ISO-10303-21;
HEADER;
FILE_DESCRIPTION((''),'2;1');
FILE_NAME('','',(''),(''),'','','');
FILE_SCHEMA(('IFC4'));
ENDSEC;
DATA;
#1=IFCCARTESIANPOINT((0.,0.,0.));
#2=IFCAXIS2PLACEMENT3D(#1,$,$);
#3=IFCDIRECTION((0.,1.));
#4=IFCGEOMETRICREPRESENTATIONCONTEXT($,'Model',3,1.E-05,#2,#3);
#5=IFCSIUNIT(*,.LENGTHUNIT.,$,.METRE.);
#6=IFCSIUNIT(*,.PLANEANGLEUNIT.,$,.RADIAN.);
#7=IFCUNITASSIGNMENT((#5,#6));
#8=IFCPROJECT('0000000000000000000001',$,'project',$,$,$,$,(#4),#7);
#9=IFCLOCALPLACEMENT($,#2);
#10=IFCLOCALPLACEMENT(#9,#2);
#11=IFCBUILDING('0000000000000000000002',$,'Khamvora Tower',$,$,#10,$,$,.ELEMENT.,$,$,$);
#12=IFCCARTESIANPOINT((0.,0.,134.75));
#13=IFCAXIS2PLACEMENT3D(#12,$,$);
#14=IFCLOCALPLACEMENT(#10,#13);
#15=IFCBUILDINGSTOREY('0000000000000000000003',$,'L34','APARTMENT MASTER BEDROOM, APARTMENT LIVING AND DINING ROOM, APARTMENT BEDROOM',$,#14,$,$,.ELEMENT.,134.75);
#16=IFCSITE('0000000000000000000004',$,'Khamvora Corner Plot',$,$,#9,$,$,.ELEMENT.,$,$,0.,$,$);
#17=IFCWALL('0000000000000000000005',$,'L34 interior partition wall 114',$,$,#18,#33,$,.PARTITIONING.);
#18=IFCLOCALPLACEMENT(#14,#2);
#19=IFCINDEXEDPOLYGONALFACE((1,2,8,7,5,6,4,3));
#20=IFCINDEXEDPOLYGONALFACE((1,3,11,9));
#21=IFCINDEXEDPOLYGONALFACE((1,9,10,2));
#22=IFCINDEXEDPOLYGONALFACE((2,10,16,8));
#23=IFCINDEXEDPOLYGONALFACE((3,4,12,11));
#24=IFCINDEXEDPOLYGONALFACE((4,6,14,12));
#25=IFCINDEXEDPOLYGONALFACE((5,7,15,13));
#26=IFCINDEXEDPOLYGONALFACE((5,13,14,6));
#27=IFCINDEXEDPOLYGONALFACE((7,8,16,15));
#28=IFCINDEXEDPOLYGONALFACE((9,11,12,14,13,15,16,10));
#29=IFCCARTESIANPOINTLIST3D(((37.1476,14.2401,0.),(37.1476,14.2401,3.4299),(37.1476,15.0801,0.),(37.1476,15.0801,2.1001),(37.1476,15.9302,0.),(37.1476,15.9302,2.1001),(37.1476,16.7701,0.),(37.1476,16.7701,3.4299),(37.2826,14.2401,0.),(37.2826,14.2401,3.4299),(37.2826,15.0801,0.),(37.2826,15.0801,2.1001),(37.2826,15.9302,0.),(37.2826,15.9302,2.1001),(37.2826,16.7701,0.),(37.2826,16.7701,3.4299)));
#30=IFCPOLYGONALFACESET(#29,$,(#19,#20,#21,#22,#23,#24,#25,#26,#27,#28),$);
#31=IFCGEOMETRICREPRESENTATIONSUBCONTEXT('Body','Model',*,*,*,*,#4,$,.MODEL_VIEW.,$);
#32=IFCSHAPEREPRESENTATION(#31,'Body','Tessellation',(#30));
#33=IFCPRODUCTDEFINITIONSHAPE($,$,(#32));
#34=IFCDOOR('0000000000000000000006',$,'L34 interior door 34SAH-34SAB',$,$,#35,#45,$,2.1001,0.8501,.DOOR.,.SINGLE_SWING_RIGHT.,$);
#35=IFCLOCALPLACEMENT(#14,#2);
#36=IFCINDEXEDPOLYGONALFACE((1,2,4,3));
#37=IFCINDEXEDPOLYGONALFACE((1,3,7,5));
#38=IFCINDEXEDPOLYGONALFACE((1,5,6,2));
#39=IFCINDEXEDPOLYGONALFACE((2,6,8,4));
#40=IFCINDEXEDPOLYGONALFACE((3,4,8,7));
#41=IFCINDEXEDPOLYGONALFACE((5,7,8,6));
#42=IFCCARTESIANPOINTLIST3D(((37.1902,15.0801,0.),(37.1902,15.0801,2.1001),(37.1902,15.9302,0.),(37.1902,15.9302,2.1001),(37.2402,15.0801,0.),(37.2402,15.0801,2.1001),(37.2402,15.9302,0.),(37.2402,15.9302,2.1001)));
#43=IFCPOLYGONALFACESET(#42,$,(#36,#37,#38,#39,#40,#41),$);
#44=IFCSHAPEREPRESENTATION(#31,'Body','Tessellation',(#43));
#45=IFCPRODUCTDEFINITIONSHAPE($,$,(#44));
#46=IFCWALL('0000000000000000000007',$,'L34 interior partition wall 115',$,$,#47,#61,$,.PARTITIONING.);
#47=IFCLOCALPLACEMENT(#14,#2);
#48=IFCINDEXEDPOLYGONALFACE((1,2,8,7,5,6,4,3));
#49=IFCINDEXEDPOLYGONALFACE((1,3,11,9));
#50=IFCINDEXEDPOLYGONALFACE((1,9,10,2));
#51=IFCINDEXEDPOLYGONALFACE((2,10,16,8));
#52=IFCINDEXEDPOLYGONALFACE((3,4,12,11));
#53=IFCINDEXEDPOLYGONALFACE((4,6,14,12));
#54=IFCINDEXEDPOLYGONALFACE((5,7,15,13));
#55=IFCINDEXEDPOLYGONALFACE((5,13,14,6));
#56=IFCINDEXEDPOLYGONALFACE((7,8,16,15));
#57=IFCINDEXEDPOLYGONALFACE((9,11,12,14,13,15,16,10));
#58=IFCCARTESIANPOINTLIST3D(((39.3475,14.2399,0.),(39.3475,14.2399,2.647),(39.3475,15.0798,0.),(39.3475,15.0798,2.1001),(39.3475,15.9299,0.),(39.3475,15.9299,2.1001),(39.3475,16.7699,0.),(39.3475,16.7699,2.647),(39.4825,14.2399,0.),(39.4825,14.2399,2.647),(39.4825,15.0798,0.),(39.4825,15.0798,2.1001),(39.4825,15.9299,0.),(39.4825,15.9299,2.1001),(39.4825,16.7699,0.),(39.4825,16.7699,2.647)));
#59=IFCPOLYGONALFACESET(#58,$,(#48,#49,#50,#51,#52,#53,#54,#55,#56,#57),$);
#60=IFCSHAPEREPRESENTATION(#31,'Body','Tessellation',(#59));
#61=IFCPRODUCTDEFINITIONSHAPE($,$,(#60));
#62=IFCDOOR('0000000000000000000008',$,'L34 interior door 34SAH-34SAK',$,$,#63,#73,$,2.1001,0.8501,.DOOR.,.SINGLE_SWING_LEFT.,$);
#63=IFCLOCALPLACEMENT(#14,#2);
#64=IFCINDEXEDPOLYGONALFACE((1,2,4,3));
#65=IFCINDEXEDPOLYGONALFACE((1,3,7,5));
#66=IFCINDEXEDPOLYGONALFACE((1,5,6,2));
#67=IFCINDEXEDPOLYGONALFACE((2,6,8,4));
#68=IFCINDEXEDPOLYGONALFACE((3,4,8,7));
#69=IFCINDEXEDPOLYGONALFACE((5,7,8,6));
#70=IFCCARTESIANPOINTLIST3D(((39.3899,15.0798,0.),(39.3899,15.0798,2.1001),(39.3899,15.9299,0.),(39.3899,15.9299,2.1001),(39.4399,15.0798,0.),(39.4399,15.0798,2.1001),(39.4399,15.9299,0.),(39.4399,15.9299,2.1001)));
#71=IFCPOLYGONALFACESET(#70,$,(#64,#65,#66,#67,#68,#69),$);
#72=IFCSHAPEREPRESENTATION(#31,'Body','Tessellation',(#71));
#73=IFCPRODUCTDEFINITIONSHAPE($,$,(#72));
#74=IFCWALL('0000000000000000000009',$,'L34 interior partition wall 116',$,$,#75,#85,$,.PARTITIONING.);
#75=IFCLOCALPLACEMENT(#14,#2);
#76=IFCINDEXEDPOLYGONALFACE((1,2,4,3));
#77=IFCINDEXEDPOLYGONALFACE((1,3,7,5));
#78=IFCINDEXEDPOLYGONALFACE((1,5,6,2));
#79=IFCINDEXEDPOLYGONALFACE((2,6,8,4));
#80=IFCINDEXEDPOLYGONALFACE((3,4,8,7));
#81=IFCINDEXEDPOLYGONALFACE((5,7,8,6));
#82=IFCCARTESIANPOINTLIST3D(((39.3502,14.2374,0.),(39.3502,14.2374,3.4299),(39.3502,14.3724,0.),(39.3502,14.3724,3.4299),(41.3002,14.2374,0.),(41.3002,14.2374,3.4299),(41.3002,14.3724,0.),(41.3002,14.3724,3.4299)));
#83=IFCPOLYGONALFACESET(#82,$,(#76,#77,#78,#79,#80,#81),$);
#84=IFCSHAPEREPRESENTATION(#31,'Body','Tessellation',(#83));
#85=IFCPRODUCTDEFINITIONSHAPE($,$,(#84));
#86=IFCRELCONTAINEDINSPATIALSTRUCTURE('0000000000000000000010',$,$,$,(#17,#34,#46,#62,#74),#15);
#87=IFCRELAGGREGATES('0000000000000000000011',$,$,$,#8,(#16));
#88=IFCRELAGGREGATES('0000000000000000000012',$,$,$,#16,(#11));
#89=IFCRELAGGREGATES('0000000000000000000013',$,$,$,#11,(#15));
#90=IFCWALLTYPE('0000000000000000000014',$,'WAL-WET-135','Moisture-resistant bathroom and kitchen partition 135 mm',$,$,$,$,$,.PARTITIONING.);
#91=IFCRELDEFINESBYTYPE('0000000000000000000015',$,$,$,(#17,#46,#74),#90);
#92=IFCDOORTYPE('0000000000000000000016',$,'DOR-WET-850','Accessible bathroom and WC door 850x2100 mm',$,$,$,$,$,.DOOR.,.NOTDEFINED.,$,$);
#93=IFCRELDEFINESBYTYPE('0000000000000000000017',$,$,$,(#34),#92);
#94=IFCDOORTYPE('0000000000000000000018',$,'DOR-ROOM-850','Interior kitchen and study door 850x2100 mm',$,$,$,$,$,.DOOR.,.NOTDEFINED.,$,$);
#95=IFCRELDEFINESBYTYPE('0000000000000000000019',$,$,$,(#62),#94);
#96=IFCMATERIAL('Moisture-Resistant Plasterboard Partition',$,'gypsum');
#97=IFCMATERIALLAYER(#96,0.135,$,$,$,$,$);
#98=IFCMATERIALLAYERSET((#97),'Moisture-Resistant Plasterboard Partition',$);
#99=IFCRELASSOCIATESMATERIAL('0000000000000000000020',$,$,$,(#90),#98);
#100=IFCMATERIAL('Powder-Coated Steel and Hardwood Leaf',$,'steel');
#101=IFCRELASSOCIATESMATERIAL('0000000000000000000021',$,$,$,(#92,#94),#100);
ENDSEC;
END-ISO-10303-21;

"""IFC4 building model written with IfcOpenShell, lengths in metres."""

from ifc_helpers import new_model, si_unit, direction, frame, frame_2d, origin, place, context, subcontext, project, spatial, rectangle, extrude, material, layer, layer_set, type_object, element, fill, save


model = new_model("IFC4")

# Units and contexts
model_context = context("Model", 3, precision=1e-05, world=origin(), true_north=direction((0.0, 1.0)))
body_context = subcontext(model_context, "Body", "Model", "MODEL_VIEW")
ifc_project = project(units=[si_unit("LENGTHUNIT", "METRE"), si_unit("PLANEANGLEUNIT", "RADIAN")], contexts=[model_context])

# Site, building, storey
site_placement = place(None, origin())
site = spatial("IfcSite", under=ifc_project, at=site_placement, Name="Khamvora Corner Plot", CompositionType="ELEMENT", RefElevation=0.0)
building_placement = place(site_placement, origin())
building = spatial("IfcBuilding", under=site, at=building_placement, Name="Khamvora Tower", CompositionType="ELEMENT")
storey_placement = place(building_placement, frame((0.0, 0.0, 134.75)))
storey = spatial("IfcBuildingStorey", under=building, at=storey_placement, Name="L34", Description="APARTMENT MASTER BEDROOM, APARTMENT LIVING AND DINING ROOM, APARTMENT BEDROOM", CompositionType="ELEMENT", Elevation=134.75)

# Shared definitions
ifc_material_1 = material(Name="Powder-Coated Steel and Hardwood Leaf", Category="steel")

# Shared definitions
ifc_material_2 = material(Name="Moisture-Resistant Plasterboard Partition", Category="gypsum")
ifc_layer_1 = layer(ifc_material_2, 0.135)
ifc_layer_set_1 = layer_set([ifc_layer_1], Name="Moisture-Resistant Plasterboard Partition")
wall_type_1 = type_object("IfcWallType", Name="WAL-WET-135", Description="Moisture-resistant bathroom and kitchen partition 135 mm", PredefinedType="PARTITIONING", material=ifc_layer_set_1)

# Walls, openings, doors
wall_1_placement = place(storey_placement, frame((37.2151, 14.24, 0.0), z_axis=(0.0, 0.0, 1.0), x_axis=(0.0, 1.0, 0.0)))
wall_1 = element("IfcWall", 1, at=wall_1_placement, inside=storey, type_object=wall_type_1, Name="L34 interior partition wall 114", PredefinedType="PARTITIONING", context=body_context, shape_type="SweptSolid", body=[
    extrude(rectangle(XDim=2.53, YDim=0.135, at=frame_2d((1.2651, 0.0))), origin(), (0.0, 0.0, 1.0), 3.4299),
])
opening_1_placement = place(wall_1_placement, frame((0.8401, 0.0, 0.0)))
opening_1 = element("IfcOpeningElement", 2, at=opening_1_placement, cuts=wall_1, PredefinedType="OPENING", context=body_context, shape_type="SweptSolid", body=[
    extrude(rectangle(XDim=0.8501, YDim=2.1001, at=frame_2d((0.425, 1.05))), frame((0.0, 0.0774, 0.0), z_axis=(0.0, -1.0, 0.0), x_axis=(1.0, 0.0, 0.0)), (0.0, 0.0, 1.0), 0.155),
])
door_type_1 = type_object("IfcDoorType", Name="DOR-WET-850", Description="Accessible bathroom and WC door 850x2100 mm", OperationType="NOTDEFINED", PredefinedType="DOOR", material=ifc_material_1)
door_1_placement = place(opening_1_placement, origin())
door_1 = element("IfcDoor", 3, at=door_1_placement, inside=storey, type_object=door_type_1, Name="L34 interior door 34SAH-34SAB", OperationType="SINGLE_SWING_RIGHT", OverallHeight=2.1001, OverallWidth=0.8501, PredefinedType="DOOR", context=body_context, shape_type="SweptSolid", body=[
    extrude(rectangle(XDim=0.8501, YDim=2.1001, at=frame_2d((0.425, 1.05))), frame((0.0, 0.0249, 0.0), z_axis=(0.0, -1.0, 0.0), x_axis=(1.0, 0.0, 0.0)), (0.0, 0.0, 1.0), 0.05),
])
fill(opening_1, door_1)
wall_2_placement = place(storey_placement, frame((39.415, 16.77, 0.0), z_axis=(0.0, 0.0, 1.0), x_axis=(0.0, -1.0, 0.0)))
wall_2 = element("IfcWall", 4, at=wall_2_placement, inside=storey, type_object=wall_type_1, Name="L34 interior partition wall 115", PredefinedType="PARTITIONING", context=body_context, shape_type="SweptSolid", body=[
    extrude(rectangle(XDim=2.53, YDim=0.135, at=frame_2d((1.2651, 0.0))), origin(), (0.0, 0.0, 1.0), 2.647),
])
opening_2_placement = place(wall_2_placement, frame((0.8401, 0.0, 0.0)))
opening_2 = element("IfcOpeningElement", 5, at=opening_2_placement, cuts=wall_2, PredefinedType="OPENING", context=body_context, shape_type="SweptSolid", body=[
    extrude(rectangle(XDim=0.8501, YDim=2.1001, at=frame_2d((0.425, 1.05))), frame((0.0, 0.0774, 0.0), z_axis=(0.0, -1.0, 0.0), x_axis=(1.0, 0.0, 0.0)), (0.0, 0.0, 1.0), 0.155),
])
door_type_2 = type_object("IfcDoorType", Name="DOR-ROOM-850", Description="Interior kitchen and study door 850x2100 mm", OperationType="NOTDEFINED", PredefinedType="DOOR", material=ifc_material_1)
door_2_placement = place(opening_2_placement, origin())
door_2 = element("IfcDoor", 6, at=door_2_placement, inside=storey, type_object=door_type_2, Name="L34 interior door 34SAH-34SAK", OperationType="SINGLE_SWING_LEFT", OverallHeight=2.1001, OverallWidth=0.8501, PredefinedType="DOOR", context=body_context, shape_type="SweptSolid", body=[
    extrude(rectangle(XDim=0.8501, YDim=2.1001, at=frame_2d((0.425, 1.05))), frame((0.0, 0.0249, 0.0), z_axis=(0.0, -1.0, 0.0), x_axis=(1.0, 0.0, 0.0)), (0.0, 0.0, 1.0), 0.05),
])
fill(opening_2, door_2)

# Wall
wall_3_placement = place(storey_placement, frame((39.3501, 14.3049, 0.0), z_axis=(0.0, 0.0, 1.0), x_axis=(1.0, 0.0, 0.0)))
element("IfcWall", 7, at=wall_3_placement, inside=storey, type_object=wall_type_1, Name="L34 interior partition wall 116", PredefinedType="PARTITIONING", context=body_context, shape_type="SweptSolid", body=[
    extrude(rectangle(XDim=1.95, YDim=0.135, at=frame_2d((0.9751, 0.0))), origin(), (0.0, 0.0, 1.0), 3.4299),
])

save(model, "model.ifc")
